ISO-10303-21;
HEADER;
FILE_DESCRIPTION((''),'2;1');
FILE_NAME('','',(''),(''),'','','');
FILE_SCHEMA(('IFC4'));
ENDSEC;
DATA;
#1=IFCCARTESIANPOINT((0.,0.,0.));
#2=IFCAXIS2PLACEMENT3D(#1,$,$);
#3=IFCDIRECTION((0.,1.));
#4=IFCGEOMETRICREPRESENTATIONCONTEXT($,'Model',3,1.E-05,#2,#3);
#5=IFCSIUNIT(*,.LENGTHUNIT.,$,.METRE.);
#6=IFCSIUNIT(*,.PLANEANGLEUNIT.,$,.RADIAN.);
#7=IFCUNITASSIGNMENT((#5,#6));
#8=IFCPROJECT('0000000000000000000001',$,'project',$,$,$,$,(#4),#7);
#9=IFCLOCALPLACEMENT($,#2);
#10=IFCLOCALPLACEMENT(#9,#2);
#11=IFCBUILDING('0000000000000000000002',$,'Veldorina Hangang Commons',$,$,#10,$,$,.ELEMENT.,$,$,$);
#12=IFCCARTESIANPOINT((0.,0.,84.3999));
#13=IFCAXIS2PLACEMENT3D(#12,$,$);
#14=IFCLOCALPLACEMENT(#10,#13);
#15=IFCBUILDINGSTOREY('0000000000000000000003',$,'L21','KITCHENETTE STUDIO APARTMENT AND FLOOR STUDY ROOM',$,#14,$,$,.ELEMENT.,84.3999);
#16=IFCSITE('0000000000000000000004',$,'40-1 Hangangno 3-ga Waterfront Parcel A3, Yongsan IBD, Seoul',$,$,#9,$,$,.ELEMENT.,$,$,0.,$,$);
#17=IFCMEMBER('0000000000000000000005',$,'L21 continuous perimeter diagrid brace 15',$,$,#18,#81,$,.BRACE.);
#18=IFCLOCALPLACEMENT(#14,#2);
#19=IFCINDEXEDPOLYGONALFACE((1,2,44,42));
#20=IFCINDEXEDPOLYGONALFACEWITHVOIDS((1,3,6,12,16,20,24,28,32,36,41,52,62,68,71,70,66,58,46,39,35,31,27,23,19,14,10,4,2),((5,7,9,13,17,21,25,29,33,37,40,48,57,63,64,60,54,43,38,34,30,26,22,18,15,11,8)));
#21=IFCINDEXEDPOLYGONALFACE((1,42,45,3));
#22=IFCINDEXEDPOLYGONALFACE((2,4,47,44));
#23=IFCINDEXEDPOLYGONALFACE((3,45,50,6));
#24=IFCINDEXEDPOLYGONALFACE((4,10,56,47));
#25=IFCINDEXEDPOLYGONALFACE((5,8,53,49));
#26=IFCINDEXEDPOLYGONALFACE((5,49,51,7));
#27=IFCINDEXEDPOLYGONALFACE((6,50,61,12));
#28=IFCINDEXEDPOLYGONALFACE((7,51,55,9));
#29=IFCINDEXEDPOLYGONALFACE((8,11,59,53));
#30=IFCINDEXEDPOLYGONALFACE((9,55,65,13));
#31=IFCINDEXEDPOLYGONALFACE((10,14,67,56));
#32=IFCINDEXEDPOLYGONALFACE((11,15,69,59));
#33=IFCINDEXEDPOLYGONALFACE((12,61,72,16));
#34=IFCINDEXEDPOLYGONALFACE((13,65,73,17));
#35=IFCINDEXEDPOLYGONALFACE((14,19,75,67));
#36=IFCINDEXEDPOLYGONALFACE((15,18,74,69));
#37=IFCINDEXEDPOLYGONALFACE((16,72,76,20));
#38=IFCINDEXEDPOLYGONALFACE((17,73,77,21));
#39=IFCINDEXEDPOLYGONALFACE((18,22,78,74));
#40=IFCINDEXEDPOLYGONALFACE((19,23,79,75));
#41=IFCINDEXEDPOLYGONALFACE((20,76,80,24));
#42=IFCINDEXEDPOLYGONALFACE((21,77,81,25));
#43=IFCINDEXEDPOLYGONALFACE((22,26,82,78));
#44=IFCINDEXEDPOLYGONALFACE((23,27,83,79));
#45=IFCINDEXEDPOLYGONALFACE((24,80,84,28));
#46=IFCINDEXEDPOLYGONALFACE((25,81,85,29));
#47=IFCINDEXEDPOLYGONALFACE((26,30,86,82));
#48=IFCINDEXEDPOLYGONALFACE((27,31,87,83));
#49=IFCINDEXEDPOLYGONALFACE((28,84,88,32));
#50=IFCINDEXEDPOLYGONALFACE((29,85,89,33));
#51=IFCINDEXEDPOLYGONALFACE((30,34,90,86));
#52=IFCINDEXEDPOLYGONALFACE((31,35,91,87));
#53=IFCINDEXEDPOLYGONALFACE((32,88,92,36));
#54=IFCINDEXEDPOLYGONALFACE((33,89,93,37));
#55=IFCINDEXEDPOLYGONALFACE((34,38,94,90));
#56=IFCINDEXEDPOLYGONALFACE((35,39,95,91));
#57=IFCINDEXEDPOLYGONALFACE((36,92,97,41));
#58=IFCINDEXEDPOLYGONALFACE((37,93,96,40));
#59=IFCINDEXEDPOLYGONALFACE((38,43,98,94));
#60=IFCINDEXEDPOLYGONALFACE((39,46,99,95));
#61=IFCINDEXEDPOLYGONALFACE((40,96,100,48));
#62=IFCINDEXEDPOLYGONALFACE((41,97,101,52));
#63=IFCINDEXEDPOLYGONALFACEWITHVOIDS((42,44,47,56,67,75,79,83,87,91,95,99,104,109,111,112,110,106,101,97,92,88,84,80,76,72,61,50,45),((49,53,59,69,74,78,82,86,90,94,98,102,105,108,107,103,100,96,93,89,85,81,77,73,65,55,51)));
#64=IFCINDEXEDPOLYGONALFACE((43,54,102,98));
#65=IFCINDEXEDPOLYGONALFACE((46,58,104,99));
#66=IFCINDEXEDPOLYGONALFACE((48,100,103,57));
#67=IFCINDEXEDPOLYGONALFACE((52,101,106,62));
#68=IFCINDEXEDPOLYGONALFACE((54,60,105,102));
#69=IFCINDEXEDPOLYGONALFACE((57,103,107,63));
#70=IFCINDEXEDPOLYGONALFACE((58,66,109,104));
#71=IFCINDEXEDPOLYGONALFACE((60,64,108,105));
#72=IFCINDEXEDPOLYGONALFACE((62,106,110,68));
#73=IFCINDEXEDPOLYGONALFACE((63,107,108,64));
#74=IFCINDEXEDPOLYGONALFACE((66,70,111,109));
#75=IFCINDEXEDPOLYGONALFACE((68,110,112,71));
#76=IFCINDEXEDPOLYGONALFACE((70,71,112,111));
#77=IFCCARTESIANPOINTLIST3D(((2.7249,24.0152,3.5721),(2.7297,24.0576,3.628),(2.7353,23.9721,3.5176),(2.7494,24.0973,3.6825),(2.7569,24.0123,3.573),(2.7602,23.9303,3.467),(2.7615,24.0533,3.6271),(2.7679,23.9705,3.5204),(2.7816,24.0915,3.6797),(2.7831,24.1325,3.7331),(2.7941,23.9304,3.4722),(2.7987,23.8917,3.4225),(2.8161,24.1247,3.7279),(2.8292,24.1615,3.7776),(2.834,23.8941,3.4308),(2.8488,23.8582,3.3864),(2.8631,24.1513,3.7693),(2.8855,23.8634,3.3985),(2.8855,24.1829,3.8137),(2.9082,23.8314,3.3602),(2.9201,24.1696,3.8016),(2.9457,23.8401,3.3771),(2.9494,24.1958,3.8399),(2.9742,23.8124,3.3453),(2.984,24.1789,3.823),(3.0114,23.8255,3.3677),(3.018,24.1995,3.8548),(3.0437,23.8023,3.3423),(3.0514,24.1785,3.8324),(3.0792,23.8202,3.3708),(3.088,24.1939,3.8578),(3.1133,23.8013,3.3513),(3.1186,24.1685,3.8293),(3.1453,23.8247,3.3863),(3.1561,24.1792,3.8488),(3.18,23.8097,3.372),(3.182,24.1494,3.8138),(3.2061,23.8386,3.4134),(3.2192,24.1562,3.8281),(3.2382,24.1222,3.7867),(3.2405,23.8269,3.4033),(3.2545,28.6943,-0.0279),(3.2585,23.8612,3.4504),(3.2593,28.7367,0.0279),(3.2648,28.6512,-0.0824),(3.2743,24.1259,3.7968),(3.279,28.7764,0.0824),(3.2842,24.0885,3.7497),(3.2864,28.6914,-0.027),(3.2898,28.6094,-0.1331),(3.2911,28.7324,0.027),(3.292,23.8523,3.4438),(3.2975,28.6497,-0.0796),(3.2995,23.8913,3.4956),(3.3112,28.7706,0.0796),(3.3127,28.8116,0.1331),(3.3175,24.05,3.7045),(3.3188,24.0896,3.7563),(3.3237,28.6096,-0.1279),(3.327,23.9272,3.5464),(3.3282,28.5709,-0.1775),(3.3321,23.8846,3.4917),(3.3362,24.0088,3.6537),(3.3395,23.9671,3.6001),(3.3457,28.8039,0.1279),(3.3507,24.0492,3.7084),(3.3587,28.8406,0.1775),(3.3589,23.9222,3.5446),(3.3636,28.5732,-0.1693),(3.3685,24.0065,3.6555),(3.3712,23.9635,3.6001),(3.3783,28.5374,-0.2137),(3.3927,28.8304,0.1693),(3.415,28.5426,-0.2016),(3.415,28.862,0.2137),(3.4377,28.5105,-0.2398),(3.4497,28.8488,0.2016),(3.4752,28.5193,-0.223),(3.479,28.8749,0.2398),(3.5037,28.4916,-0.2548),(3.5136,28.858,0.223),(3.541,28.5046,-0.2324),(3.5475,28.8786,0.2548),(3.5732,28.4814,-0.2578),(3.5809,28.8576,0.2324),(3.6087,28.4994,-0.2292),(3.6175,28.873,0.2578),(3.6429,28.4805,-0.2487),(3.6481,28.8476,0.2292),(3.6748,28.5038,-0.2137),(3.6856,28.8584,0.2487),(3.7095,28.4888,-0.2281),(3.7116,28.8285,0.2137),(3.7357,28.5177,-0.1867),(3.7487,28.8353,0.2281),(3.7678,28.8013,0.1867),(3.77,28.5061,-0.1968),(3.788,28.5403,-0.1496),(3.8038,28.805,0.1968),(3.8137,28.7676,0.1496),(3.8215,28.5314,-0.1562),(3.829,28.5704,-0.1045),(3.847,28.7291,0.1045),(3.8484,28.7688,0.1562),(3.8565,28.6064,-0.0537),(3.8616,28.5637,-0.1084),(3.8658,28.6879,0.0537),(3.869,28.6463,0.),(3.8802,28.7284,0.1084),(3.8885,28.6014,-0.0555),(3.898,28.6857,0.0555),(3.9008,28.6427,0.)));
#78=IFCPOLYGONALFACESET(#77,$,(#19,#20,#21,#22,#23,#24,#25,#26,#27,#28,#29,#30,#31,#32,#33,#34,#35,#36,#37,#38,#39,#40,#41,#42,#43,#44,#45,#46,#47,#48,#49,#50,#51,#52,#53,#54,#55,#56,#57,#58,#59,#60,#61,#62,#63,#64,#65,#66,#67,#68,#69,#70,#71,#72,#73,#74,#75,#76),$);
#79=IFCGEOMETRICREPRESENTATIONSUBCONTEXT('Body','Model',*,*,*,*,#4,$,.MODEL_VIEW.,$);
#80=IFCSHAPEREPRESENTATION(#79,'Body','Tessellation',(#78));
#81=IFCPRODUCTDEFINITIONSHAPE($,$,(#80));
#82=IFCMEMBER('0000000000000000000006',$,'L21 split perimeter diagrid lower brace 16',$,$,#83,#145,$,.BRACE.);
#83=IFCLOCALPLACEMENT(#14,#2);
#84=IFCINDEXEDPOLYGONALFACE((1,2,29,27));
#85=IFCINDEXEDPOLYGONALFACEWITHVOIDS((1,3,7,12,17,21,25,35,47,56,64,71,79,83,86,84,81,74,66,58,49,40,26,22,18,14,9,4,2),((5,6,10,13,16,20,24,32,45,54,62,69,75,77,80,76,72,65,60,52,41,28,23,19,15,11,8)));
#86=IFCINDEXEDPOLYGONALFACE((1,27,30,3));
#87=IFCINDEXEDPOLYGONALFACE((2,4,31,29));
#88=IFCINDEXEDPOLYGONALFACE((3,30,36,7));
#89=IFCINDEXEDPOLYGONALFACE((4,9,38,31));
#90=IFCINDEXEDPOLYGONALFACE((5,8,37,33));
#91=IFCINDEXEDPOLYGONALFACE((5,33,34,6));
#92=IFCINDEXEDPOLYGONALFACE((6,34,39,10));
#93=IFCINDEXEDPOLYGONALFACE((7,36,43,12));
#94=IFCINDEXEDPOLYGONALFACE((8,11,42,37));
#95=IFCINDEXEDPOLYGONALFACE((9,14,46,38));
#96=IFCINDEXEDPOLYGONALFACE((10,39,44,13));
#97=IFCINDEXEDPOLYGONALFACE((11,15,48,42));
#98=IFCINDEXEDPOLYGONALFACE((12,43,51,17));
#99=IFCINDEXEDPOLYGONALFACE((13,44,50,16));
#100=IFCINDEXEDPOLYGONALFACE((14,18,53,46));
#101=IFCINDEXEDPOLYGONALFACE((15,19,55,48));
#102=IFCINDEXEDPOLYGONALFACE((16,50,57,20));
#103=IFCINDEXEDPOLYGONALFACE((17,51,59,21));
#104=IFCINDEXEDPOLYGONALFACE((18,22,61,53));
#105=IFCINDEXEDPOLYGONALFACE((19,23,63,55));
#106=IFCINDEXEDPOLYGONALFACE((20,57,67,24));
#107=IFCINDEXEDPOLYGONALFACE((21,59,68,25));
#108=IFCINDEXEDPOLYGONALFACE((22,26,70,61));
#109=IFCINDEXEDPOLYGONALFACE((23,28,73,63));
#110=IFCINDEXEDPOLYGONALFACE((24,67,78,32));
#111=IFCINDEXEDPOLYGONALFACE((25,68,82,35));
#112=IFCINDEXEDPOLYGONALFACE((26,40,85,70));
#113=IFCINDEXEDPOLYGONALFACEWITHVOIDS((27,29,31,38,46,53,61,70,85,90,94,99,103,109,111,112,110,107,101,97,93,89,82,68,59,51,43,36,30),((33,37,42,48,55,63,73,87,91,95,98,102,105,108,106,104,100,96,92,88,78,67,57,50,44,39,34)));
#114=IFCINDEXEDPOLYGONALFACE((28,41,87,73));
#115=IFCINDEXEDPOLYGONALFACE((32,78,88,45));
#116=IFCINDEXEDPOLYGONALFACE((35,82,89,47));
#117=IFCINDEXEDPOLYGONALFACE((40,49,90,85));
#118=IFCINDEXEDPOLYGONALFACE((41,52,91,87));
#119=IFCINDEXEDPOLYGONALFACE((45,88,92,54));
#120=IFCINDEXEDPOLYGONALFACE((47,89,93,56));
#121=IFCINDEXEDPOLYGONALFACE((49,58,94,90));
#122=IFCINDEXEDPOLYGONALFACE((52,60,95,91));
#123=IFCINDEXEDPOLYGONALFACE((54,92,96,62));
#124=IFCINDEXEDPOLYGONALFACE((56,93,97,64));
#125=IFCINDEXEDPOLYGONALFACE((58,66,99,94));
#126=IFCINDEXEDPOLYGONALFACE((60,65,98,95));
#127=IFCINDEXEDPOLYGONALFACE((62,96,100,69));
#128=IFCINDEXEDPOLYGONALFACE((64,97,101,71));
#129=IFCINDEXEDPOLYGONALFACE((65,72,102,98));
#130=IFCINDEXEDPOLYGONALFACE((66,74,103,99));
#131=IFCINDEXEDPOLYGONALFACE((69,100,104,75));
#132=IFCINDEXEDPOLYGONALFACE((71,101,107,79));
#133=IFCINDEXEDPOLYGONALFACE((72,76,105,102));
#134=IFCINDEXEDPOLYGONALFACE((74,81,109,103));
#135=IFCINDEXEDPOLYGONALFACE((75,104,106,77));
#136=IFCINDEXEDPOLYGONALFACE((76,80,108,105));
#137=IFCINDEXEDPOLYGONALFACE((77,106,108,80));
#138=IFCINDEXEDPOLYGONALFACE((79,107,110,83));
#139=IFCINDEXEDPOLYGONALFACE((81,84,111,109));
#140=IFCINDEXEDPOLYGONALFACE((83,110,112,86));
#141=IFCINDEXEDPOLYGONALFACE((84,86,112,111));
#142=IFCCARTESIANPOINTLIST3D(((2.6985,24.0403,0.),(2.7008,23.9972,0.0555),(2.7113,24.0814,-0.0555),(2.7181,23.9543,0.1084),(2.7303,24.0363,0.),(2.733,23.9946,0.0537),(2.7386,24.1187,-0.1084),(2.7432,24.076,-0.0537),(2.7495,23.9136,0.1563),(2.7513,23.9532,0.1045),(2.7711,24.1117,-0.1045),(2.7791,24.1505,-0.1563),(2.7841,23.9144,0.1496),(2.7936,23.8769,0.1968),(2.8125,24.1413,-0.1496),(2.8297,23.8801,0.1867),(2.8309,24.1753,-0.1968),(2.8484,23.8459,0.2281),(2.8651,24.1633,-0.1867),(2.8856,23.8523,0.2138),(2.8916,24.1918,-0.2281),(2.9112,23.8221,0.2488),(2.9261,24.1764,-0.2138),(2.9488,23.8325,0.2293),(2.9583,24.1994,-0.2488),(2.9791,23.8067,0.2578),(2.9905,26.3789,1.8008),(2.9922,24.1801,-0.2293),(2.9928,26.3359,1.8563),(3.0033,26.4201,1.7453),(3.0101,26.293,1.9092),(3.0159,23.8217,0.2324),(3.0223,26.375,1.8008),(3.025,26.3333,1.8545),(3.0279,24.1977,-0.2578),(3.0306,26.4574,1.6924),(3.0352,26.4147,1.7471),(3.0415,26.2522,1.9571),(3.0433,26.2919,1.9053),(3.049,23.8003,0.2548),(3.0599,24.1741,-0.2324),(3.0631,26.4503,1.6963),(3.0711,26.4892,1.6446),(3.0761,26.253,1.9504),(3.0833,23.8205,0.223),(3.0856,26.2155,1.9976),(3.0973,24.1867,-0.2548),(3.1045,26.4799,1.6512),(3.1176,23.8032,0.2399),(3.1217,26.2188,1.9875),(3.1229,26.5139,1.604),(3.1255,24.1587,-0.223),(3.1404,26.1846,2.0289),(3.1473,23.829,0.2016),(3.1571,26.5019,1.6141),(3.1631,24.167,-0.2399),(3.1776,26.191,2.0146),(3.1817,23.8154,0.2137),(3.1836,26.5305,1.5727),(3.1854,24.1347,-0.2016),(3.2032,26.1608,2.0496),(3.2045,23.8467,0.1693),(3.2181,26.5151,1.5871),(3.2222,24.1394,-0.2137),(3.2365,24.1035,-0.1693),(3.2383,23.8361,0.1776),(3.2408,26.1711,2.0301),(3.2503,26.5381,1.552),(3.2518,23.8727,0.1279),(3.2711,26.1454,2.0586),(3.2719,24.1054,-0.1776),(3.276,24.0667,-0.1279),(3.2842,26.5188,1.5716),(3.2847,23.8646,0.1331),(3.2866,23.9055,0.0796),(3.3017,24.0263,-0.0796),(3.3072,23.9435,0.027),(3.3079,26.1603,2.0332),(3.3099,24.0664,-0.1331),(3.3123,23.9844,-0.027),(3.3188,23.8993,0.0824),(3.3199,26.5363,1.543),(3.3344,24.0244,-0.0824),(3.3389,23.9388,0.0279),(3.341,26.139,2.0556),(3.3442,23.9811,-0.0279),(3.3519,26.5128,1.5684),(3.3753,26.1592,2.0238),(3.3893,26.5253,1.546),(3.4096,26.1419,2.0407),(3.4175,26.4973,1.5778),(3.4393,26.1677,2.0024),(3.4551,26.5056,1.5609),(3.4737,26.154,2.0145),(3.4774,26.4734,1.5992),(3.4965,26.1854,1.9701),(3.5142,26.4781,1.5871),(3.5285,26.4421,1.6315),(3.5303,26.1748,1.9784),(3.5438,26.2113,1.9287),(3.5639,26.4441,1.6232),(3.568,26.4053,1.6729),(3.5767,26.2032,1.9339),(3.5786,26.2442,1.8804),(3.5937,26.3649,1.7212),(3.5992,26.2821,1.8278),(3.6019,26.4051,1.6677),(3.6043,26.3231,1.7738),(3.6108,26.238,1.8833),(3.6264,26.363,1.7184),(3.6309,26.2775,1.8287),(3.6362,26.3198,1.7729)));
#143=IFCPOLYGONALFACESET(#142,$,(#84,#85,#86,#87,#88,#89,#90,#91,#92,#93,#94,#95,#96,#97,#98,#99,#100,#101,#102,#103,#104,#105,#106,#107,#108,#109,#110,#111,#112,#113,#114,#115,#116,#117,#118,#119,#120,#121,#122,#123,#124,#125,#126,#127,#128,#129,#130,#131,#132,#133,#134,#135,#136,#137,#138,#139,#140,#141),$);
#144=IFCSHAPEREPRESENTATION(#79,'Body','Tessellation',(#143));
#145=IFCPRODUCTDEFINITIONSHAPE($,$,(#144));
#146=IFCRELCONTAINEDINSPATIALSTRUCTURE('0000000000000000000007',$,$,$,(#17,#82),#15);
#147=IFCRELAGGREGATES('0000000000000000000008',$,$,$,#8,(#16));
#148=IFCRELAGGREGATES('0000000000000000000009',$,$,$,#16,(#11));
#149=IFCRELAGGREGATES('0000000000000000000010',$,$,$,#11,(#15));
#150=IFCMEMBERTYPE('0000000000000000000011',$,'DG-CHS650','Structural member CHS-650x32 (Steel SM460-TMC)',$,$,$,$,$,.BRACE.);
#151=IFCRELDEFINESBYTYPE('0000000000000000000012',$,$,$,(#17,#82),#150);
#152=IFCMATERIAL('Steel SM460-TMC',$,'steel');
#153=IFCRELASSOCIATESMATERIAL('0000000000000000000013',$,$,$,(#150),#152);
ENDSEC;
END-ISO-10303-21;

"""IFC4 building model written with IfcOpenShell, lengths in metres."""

from ifc_helpers import new_model, si_unit, direction, frame, origin, origin_2d, place, context, subcontext, project, spatial, hollow_circle, extrude, material, material_profile, profile_set, type_object, element, save


model = new_model("IFC4")

# Units and contexts
model_context = context("Model", 3, precision=1e-05, world=origin(), true_north=direction((0.0, 1.0)))
body_context = subcontext(model_context, "Body", "Model", "MODEL_VIEW")
ifc_project = project(units=[si_unit("LENGTHUNIT", "METRE"), si_unit("PLANEANGLEUNIT", "RADIAN")], contexts=[model_context])

# Site, building, storey
site_placement = place(None, origin())
site = spatial("IfcSite", under=ifc_project, at=site_placement, Name="40-1 Hangangno 3-ga Waterfront Parcel A3, Yongsan IBD, Seoul", CompositionType="ELEMENT", RefElevation=0.0)
building_placement = place(site_placement, origin())
building = spatial("IfcBuilding", under=site, at=building_placement, Name="Veldorina Hangang Commons", CompositionType="ELEMENT")
storey_placement = place(building_placement, frame((0.0, 0.0, 84.3999)))
storey = spatial("IfcBuildingStorey", under=building, at=storey_placement, Name="L21", Description="KITCHENETTE STUDIO APARTMENT AND FLOOR STUDY ROOM", CompositionType="ELEMENT", Elevation=84.3999)

# Members
ifc_material_1 = material(Name="Steel SM460-TMC", Category="steel")
ifc_material_profile_1 = material_profile(ifc_material_1, hollow_circle(Radius=0.325, WallThickness=0.032, at=origin_2d()), Name="CHS-650x32")
ifc_profile_set_1 = profile_set([ifc_material_profile_1], Name="Steel SM460-TMC")
member_type = type_object("IfcMemberType", Name="DG-CHS650", Description="Structural member CHS-650x32 (Steel SM460-TMC)", PredefinedType="BRACE", material=ifc_profile_set_1)
member_1_placement = place(storey_placement, frame((3.5779, 28.6792, 0.0), z_axis=(-0.089335, -0.789397, 0.607349), x_axis=(0.993657, -0.112451, 0.0)))
element("IfcMember", 1, at=member_1_placement, inside=storey, type_object=member_type, Name="L21 continuous perimeter diagrid brace 15", PredefinedType="BRACE", context=body_context, shape_type="SweptSolid", body=[
    extrude(hollow_circle(Radius=0.325, WallThickness=0.032, at=origin_2d()), origin(), (0.0, 0.0, 1.0), 5.9275),
])
member_2_placement = place(storey_placement, frame((3.021, 24.0, 0.0), z_axis=(0.098446, 0.788474, 0.607139), x_axis=(-0.992295, 0.123894, 0.0)))
element("IfcMember", 2, at=member_2_placement, inside=storey, type_object=member_type, Name="L21 split perimeter diagrid lower brace 16", PredefinedType="BRACE", context=body_context, shape_type="SweptSolid", body=[
    extrude(hollow_circle(Radius=0.325, WallThickness=0.032, at=origin_2d()), origin(), (0.0, 0.0, 1.0), 2.9661),
])

save(model, "model.ifc")
